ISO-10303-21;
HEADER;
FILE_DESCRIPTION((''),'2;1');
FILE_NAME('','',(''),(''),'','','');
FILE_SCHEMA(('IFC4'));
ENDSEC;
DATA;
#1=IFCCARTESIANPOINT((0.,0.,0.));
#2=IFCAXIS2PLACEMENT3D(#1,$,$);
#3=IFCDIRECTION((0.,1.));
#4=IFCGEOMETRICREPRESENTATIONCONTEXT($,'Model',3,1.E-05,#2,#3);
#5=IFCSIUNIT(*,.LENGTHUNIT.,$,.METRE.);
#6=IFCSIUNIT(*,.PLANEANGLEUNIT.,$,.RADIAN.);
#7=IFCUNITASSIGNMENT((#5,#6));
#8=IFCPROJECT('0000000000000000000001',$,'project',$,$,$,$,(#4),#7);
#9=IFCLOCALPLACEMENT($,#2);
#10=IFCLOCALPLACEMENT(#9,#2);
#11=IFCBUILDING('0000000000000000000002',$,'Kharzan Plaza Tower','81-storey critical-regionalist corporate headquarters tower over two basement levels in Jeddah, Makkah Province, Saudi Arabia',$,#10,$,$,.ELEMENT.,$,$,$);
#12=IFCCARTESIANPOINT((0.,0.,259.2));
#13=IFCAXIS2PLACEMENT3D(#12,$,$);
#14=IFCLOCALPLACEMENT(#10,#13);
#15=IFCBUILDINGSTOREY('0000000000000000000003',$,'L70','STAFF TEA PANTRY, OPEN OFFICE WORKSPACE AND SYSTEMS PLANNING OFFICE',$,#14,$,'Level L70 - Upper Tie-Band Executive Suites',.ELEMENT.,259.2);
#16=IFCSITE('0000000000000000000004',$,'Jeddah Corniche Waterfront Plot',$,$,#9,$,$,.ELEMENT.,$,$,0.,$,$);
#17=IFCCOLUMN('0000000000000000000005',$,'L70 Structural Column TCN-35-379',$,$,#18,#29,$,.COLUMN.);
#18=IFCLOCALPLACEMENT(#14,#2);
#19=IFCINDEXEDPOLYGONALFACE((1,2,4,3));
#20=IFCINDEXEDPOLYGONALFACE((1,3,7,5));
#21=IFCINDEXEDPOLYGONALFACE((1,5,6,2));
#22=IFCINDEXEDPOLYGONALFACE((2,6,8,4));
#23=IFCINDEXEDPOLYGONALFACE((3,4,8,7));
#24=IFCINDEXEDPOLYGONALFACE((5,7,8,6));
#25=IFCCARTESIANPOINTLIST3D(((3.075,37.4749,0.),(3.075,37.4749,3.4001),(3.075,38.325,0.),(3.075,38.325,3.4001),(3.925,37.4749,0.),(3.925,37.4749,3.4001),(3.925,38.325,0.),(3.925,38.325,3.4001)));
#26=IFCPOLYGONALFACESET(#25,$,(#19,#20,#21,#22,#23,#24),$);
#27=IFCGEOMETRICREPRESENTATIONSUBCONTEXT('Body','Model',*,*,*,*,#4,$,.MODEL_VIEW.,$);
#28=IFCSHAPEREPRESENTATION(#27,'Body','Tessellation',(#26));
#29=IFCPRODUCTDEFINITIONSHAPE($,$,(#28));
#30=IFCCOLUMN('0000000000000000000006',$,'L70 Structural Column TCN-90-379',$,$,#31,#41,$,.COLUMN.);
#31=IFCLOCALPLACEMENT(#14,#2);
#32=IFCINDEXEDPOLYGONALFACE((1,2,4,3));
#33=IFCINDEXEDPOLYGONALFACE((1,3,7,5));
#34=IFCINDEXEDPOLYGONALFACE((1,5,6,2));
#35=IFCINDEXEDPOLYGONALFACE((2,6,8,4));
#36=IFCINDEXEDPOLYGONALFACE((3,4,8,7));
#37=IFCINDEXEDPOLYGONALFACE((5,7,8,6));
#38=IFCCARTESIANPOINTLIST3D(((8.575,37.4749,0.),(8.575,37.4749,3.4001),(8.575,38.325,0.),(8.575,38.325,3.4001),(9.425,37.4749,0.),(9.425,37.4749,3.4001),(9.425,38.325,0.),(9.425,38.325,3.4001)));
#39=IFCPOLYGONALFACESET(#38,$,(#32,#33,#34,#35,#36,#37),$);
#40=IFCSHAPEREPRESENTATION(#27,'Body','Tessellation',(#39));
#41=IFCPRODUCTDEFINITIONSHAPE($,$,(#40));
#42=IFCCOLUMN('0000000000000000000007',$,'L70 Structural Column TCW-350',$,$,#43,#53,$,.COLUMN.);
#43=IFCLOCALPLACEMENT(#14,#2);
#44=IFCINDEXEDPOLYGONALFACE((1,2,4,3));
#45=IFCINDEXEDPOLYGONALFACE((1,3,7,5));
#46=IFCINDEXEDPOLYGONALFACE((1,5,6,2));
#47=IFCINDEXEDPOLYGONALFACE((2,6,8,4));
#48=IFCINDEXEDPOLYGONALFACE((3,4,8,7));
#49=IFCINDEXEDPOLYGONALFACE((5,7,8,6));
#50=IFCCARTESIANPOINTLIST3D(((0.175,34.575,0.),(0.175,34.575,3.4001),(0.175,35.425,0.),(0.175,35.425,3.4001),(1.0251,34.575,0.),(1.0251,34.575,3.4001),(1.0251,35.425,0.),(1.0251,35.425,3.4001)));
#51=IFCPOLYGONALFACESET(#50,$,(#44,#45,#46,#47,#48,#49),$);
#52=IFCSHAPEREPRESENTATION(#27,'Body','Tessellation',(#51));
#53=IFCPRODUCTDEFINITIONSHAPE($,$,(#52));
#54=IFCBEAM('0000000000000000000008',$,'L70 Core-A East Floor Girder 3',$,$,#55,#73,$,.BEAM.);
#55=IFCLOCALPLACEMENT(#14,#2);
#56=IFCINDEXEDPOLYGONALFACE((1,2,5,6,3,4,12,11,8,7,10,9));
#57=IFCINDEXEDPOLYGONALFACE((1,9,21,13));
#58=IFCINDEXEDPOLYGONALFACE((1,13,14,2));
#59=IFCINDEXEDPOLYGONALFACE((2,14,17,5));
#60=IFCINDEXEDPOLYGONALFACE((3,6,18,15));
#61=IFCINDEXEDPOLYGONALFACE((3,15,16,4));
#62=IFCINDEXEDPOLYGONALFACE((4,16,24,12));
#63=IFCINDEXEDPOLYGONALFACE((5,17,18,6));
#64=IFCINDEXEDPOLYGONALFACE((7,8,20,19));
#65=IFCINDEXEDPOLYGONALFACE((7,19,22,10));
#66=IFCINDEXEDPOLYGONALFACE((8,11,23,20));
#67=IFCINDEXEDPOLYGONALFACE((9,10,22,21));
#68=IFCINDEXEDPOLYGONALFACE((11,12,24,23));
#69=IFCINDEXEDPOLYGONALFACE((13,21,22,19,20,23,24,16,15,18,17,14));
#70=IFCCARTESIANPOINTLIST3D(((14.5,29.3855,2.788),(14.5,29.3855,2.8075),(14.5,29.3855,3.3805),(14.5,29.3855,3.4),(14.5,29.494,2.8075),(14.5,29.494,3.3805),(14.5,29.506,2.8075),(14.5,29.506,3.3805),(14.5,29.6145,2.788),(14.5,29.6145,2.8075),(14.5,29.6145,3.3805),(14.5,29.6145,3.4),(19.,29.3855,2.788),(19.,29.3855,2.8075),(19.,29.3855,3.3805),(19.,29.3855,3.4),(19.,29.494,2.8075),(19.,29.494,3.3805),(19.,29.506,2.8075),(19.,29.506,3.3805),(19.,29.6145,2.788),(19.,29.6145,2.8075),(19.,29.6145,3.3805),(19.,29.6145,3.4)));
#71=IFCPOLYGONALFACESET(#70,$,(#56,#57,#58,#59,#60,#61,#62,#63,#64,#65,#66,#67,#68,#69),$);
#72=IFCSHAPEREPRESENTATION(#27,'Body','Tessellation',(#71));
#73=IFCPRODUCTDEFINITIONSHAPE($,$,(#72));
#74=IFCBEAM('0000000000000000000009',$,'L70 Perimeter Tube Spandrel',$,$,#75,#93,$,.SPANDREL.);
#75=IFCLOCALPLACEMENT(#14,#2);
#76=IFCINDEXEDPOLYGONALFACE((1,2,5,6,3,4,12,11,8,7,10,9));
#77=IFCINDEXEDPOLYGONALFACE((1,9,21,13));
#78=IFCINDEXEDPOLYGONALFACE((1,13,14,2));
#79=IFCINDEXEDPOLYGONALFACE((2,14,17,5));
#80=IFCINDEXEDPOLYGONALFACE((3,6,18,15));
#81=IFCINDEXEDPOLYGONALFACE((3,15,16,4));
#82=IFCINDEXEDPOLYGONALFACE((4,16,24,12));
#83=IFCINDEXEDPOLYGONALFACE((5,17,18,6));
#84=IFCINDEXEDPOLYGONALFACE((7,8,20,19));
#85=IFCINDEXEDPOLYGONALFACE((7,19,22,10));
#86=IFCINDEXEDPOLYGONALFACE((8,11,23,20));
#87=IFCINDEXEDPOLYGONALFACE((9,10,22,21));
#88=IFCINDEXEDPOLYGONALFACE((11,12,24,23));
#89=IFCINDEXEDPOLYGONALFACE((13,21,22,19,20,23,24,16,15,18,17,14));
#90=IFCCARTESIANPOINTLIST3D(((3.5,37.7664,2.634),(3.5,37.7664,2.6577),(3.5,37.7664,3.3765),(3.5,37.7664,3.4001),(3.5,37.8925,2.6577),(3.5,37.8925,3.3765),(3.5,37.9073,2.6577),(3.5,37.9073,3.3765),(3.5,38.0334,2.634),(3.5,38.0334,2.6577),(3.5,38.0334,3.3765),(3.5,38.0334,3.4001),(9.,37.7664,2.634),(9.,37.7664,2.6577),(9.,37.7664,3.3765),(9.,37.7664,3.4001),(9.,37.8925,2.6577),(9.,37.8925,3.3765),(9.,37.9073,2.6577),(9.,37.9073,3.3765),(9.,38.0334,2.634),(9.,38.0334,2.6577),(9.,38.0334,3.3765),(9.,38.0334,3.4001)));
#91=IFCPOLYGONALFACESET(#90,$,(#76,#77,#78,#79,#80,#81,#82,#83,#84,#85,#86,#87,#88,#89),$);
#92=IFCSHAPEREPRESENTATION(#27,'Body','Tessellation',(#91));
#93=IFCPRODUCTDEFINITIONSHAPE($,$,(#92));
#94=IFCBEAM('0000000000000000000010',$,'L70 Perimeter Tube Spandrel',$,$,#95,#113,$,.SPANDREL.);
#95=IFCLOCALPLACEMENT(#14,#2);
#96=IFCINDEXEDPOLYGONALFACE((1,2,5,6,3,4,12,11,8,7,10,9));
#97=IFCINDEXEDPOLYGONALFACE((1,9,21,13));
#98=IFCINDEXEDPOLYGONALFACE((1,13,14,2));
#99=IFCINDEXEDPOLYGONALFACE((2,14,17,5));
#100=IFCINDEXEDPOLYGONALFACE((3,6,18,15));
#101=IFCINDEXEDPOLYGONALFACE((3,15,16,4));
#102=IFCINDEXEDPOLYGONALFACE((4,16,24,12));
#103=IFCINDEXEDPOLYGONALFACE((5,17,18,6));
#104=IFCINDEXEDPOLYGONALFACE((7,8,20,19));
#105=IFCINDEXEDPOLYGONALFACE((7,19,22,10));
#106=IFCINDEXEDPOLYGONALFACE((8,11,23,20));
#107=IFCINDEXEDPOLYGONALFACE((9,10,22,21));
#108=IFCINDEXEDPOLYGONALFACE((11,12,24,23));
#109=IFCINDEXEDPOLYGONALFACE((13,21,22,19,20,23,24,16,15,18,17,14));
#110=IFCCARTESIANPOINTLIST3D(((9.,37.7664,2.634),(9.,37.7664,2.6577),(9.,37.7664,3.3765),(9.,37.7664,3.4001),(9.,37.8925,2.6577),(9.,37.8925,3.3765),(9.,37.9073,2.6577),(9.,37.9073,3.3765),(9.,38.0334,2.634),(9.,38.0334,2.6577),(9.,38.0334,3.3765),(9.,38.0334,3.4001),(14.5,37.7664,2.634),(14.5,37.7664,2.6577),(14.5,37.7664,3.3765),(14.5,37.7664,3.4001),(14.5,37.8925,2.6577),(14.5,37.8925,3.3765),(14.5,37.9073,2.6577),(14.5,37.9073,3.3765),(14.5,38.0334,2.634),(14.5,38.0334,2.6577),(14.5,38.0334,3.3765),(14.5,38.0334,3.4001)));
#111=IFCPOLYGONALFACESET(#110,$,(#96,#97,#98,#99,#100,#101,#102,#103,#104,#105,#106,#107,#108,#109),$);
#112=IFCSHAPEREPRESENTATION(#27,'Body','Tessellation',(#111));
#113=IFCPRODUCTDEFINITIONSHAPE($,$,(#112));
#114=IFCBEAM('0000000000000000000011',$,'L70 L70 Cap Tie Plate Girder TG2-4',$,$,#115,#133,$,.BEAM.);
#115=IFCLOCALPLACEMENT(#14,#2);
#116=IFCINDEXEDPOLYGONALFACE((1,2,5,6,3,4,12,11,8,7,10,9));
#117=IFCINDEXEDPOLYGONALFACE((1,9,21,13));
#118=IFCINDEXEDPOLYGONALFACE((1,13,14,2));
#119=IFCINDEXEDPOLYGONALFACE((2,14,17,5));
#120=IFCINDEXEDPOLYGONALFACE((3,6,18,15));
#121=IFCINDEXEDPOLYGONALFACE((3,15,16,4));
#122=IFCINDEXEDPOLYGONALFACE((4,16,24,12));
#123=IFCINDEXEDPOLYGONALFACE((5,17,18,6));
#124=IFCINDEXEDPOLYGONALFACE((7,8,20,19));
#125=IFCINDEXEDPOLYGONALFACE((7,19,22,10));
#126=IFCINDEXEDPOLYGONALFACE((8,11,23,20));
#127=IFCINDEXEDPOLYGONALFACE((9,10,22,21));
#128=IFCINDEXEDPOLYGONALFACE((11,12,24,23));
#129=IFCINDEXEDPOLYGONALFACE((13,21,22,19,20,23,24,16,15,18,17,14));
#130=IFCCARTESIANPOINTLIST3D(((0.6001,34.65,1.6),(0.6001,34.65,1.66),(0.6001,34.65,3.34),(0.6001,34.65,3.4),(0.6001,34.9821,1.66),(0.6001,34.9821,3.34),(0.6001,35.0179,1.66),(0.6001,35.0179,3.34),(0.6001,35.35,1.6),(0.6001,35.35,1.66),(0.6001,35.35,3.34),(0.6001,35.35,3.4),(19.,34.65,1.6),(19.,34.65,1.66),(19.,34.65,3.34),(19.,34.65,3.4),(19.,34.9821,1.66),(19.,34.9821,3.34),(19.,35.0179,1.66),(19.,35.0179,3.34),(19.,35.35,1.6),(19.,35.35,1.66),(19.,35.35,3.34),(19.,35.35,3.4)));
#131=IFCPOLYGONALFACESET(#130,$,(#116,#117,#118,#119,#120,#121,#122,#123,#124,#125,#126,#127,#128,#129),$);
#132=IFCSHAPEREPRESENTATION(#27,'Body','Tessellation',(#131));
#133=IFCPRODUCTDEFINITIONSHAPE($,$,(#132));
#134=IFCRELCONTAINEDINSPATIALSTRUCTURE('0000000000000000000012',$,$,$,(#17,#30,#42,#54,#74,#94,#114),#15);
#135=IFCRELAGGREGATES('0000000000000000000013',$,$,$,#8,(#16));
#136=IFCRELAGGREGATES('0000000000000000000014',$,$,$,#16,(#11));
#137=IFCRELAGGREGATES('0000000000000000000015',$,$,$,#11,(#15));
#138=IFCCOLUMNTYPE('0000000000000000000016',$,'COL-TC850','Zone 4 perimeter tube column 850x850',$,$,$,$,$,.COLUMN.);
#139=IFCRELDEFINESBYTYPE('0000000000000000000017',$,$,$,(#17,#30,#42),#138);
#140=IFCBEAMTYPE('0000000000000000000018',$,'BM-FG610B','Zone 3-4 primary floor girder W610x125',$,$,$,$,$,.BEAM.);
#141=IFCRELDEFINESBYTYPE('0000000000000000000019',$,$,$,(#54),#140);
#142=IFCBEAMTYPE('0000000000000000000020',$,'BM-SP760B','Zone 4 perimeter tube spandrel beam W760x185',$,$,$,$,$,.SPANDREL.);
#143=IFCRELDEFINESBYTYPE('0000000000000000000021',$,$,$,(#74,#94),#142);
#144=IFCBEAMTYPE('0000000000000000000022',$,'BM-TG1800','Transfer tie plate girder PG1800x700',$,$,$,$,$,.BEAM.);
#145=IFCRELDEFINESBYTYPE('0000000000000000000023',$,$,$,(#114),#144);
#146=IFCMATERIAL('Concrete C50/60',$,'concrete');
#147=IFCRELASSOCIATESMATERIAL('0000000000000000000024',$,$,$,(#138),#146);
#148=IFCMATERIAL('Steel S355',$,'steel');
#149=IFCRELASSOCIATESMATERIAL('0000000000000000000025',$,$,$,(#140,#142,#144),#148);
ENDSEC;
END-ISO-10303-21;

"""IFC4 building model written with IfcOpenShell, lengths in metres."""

from ifc_helpers import new_model, si_unit, direction, frame, origin, origin_2d, place, context, subcontext, project, spatial, rectangle, i_section, extrude, source, transform, mapped, material, material_profile, profile_set, type_object, element, save


model = new_model("IFC4")

# Units and contexts
model_context = context("Model", 3, precision=1e-05, world=origin(), true_north=direction((0.0, 1.0)))
body_context = subcontext(model_context, "Body", "Model", "MODEL_VIEW")
ifc_project = project(units=[si_unit("LENGTHUNIT", "METRE"), si_unit("PLANEANGLEUNIT", "RADIAN")], contexts=[model_context])

# Site, building, storey
site_placement = place(None, origin())
site = spatial("IfcSite", under=ifc_project, at=site_placement, Name="Jeddah Corniche Waterfront Plot", CompositionType="ELEMENT", RefElevation=0.0)
building_placement = place(site_placement, origin())
building = spatial("IfcBuilding", under=site, at=building_placement, Name="Kharzan Plaza Tower", Description="81-storey critical-regionalist corporate headquarters tower over two basement levels in Jeddah, Makkah Province, Saudi Arabia", CompositionType="ELEMENT")
storey_placement = place(building_placement, frame((0.0, 0.0, 259.2)))
storey = spatial("IfcBuildingStorey", under=building, at=storey_placement, Name="L70", Description="STAFF TEA PANTRY, OPEN OFFICE WORKSPACE AND SYSTEMS PLANNING OFFICE", LongName="Level L70 - Upper Tie-Band Executive Suites", CompositionType="ELEMENT", Elevation=259.2)

# Columns
ifc_material_1 = material(Name="Concrete C50/60", Category="concrete")
ifc_material_profile_1 = material_profile(ifc_material_1, rectangle(XDim=0.8501, YDim=0.8501, at=origin_2d()), Name="RC-TC850x850")
ifc_profile_set_1 = profile_set([ifc_material_profile_1], Name="Concrete C50/60")
column_type = type_object("IfcColumnType", Name="COL-TC850", Description="Zone 4 perimeter tube column 850x850", PredefinedType="COLUMN", material=ifc_profile_set_1)
shared_shape_1 = source(origin(), body_context, "Body", "SweptSolid", [
    extrude(rectangle(XDim=0.8501, YDim=0.8501, at=origin_2d()), origin(), (0.0, 0.0, 1.0), 3.4001),
])
for number, where, z_axis, x_axis, name in (
    (1, (3.5, 37.8999, 0.0), (0.0, 0.0, 1.0), (1.0, 0.0, 0.0), "L70 Structural Column TCN-35-379"),
    (2, (9.0, 37.8999, 0.0), (0.0, 0.0, 1.0), (1.0, 0.0, 0.0), "L70 Structural Column TCN-90-379"),
    (3, (0.6001, 35.0, 0.0), (0.0, 0.0, 1.0), (1.0, 0.0, 0.0), "L70 Structural Column TCW-350"),
):
    element("IfcColumn", number, at=place(storey_placement, frame(where, z_axis=z_axis, x_axis=x_axis)), inside=storey, type_object=column_type, Name=name, PredefinedType="COLUMN", context=body_context, shape_type="MappedRepresentation", body=[
        mapped(shared_shape_1, transform((0.0, 0.0, 0.0), x_axis=(1.0, 0.0, 0.0), y_axis=(0.0, 1.0, 0.0), z_axis=(0.0, 0.0, 1.0))),
    ])

# Beams
ifc_material_2 = material(Name="Steel S355", Category="steel")
ifc_material_profile_2 = material_profile(ifc_material_2, i_section(OverallWidth=0.229, OverallDepth=0.6121, WebThickness=0.012, FlangeThickness=0.0195, at=origin_2d()), Name="W610x125")
ifc_profile_set_2 = profile_set([ifc_material_profile_2], Name="Steel S355")
beam_type_1 = type_object("IfcBeamType", Name="BM-FG610B", Description="Zone 3-4 primary floor girder W610x125", PredefinedType="BEAM", material=ifc_profile_set_2)
shared_shape_2 = source(origin(), body_context, "Body", "SweptSolid", [
    extrude(i_section(OverallWidth=0.229, OverallDepth=0.6121, WebThickness=0.012, FlangeThickness=0.0195, at=origin_2d()), origin(), (0.0, 0.0, 1.0), 4.5),
])
beam_1_placement = place(storey_placement, frame((14.5, 29.5, 3.094), z_axis=(1.0, 0.0, 0.0), x_axis=(0.0, 1.0, 0.0)))
element("IfcBeam", 4, at=beam_1_placement, inside=storey, type_object=beam_type_1, Name="L70 Core-A East Floor Girder 3", PredefinedType="BEAM", context=body_context, shape_type="MappedRepresentation", body=[
    mapped(shared_shape_2, transform((0.0, 0.0, 0.0), x_axis=(1.0, 0.0, 0.0), y_axis=(0.0, 1.0, 0.0), z_axis=(0.0, 0.0, 1.0))),
])
ifc_material_profile_3 = material_profile(ifc_material_2, i_section(OverallWidth=0.2671, OverallDepth=0.7661, WebThickness=0.0149, FlangeThickness=0.0237, at=origin_2d()), Name="W760x185")
ifc_profile_set_3 = profile_set([ifc_material_profile_3], Name="Steel S355")
beam_type_2 = type_object("IfcBeamType", Name="BM-SP760B", Description="Zone 4 perimeter tube spandrel beam W760x185", PredefinedType="SPANDREL", material=ifc_profile_set_3)
shared_shape_3 = source(origin(), body_context, "Body", "SweptSolid", [
    extrude(i_section(OverallWidth=0.2671, OverallDepth=0.7661, WebThickness=0.0149, FlangeThickness=0.0237, at=origin_2d()), origin(), (0.0, 0.0, 1.0), 5.5),
])
for number, where, z_axis, x_axis, name in (
    (5, (3.5, 37.8999, 3.0171), (1.0, 0.0, 0.0), (0.0, 1.0, 0.0), "L70 Perimeter Tube Spandrel"),
    (6, (9.0, 37.8999, 3.0171), (1.0, 0.0, 0.0), (0.0, 1.0, 0.0), "L70 Perimeter Tube Spandrel"),
):
    element("IfcBeam", number, at=place(storey_placement, frame(where, z_axis=z_axis, x_axis=x_axis)), inside=storey, type_object=beam_type_2, Name=name, PredefinedType="SPANDREL", context=body_context, shape_type="MappedRepresentation", body=[
        mapped(shared_shape_3, transform((0.0, 0.0, 0.0), x_axis=(1.0, 0.0, 0.0), y_axis=(0.0, 1.0, 0.0), z_axis=(0.0, 0.0, 1.0))),
    ])
ifc_material_profile_4 = material_profile(ifc_material_2, i_section(OverallWidth=0.7, OverallDepth=1.8, WebThickness=0.0359, FlangeThickness=0.0601, at=origin_2d()), Name="PG1800x700")
ifc_profile_set_4 = profile_set([ifc_material_profile_4], Name="Steel S355")
beam_type_3 = type_object("IfcBeamType", Name="BM-TG1800", Description="Transfer tie plate girder PG1800x700", PredefinedType="BEAM", material=ifc_profile_set_4)
shared_shape_4 = source(origin(), body_context, "Body", "SweptSolid", [
    extrude(i_section(OverallWidth=0.7, OverallDepth=1.8, WebThickness=0.0359, FlangeThickness=0.0601, at=origin_2d()), origin(), (0.0, 0.0, 1.0), 18.3999),
])
beam_2_placement = place(storey_placement, frame((0.6001, 35.0, 2.5), z_axis=(1.0, 0.0, 0.0), x_axis=(0.0, 1.0, 0.0)))
element("IfcBeam", 7, at=beam_2_placement, inside=storey, type_object=beam_type_3, Name="L70 L70 Cap Tie Plate Girder TG2-4", PredefinedType="BEAM", context=body_context, shape_type="MappedRepresentation", body=[
    mapped(shared_shape_4, transform((0.0, 0.0, 0.0), x_axis=(1.0, 0.0, 0.0), y_axis=(0.0, 1.0, 0.0), z_axis=(0.0, 0.0, 1.0))),
])

save(model, "model.ifc")
